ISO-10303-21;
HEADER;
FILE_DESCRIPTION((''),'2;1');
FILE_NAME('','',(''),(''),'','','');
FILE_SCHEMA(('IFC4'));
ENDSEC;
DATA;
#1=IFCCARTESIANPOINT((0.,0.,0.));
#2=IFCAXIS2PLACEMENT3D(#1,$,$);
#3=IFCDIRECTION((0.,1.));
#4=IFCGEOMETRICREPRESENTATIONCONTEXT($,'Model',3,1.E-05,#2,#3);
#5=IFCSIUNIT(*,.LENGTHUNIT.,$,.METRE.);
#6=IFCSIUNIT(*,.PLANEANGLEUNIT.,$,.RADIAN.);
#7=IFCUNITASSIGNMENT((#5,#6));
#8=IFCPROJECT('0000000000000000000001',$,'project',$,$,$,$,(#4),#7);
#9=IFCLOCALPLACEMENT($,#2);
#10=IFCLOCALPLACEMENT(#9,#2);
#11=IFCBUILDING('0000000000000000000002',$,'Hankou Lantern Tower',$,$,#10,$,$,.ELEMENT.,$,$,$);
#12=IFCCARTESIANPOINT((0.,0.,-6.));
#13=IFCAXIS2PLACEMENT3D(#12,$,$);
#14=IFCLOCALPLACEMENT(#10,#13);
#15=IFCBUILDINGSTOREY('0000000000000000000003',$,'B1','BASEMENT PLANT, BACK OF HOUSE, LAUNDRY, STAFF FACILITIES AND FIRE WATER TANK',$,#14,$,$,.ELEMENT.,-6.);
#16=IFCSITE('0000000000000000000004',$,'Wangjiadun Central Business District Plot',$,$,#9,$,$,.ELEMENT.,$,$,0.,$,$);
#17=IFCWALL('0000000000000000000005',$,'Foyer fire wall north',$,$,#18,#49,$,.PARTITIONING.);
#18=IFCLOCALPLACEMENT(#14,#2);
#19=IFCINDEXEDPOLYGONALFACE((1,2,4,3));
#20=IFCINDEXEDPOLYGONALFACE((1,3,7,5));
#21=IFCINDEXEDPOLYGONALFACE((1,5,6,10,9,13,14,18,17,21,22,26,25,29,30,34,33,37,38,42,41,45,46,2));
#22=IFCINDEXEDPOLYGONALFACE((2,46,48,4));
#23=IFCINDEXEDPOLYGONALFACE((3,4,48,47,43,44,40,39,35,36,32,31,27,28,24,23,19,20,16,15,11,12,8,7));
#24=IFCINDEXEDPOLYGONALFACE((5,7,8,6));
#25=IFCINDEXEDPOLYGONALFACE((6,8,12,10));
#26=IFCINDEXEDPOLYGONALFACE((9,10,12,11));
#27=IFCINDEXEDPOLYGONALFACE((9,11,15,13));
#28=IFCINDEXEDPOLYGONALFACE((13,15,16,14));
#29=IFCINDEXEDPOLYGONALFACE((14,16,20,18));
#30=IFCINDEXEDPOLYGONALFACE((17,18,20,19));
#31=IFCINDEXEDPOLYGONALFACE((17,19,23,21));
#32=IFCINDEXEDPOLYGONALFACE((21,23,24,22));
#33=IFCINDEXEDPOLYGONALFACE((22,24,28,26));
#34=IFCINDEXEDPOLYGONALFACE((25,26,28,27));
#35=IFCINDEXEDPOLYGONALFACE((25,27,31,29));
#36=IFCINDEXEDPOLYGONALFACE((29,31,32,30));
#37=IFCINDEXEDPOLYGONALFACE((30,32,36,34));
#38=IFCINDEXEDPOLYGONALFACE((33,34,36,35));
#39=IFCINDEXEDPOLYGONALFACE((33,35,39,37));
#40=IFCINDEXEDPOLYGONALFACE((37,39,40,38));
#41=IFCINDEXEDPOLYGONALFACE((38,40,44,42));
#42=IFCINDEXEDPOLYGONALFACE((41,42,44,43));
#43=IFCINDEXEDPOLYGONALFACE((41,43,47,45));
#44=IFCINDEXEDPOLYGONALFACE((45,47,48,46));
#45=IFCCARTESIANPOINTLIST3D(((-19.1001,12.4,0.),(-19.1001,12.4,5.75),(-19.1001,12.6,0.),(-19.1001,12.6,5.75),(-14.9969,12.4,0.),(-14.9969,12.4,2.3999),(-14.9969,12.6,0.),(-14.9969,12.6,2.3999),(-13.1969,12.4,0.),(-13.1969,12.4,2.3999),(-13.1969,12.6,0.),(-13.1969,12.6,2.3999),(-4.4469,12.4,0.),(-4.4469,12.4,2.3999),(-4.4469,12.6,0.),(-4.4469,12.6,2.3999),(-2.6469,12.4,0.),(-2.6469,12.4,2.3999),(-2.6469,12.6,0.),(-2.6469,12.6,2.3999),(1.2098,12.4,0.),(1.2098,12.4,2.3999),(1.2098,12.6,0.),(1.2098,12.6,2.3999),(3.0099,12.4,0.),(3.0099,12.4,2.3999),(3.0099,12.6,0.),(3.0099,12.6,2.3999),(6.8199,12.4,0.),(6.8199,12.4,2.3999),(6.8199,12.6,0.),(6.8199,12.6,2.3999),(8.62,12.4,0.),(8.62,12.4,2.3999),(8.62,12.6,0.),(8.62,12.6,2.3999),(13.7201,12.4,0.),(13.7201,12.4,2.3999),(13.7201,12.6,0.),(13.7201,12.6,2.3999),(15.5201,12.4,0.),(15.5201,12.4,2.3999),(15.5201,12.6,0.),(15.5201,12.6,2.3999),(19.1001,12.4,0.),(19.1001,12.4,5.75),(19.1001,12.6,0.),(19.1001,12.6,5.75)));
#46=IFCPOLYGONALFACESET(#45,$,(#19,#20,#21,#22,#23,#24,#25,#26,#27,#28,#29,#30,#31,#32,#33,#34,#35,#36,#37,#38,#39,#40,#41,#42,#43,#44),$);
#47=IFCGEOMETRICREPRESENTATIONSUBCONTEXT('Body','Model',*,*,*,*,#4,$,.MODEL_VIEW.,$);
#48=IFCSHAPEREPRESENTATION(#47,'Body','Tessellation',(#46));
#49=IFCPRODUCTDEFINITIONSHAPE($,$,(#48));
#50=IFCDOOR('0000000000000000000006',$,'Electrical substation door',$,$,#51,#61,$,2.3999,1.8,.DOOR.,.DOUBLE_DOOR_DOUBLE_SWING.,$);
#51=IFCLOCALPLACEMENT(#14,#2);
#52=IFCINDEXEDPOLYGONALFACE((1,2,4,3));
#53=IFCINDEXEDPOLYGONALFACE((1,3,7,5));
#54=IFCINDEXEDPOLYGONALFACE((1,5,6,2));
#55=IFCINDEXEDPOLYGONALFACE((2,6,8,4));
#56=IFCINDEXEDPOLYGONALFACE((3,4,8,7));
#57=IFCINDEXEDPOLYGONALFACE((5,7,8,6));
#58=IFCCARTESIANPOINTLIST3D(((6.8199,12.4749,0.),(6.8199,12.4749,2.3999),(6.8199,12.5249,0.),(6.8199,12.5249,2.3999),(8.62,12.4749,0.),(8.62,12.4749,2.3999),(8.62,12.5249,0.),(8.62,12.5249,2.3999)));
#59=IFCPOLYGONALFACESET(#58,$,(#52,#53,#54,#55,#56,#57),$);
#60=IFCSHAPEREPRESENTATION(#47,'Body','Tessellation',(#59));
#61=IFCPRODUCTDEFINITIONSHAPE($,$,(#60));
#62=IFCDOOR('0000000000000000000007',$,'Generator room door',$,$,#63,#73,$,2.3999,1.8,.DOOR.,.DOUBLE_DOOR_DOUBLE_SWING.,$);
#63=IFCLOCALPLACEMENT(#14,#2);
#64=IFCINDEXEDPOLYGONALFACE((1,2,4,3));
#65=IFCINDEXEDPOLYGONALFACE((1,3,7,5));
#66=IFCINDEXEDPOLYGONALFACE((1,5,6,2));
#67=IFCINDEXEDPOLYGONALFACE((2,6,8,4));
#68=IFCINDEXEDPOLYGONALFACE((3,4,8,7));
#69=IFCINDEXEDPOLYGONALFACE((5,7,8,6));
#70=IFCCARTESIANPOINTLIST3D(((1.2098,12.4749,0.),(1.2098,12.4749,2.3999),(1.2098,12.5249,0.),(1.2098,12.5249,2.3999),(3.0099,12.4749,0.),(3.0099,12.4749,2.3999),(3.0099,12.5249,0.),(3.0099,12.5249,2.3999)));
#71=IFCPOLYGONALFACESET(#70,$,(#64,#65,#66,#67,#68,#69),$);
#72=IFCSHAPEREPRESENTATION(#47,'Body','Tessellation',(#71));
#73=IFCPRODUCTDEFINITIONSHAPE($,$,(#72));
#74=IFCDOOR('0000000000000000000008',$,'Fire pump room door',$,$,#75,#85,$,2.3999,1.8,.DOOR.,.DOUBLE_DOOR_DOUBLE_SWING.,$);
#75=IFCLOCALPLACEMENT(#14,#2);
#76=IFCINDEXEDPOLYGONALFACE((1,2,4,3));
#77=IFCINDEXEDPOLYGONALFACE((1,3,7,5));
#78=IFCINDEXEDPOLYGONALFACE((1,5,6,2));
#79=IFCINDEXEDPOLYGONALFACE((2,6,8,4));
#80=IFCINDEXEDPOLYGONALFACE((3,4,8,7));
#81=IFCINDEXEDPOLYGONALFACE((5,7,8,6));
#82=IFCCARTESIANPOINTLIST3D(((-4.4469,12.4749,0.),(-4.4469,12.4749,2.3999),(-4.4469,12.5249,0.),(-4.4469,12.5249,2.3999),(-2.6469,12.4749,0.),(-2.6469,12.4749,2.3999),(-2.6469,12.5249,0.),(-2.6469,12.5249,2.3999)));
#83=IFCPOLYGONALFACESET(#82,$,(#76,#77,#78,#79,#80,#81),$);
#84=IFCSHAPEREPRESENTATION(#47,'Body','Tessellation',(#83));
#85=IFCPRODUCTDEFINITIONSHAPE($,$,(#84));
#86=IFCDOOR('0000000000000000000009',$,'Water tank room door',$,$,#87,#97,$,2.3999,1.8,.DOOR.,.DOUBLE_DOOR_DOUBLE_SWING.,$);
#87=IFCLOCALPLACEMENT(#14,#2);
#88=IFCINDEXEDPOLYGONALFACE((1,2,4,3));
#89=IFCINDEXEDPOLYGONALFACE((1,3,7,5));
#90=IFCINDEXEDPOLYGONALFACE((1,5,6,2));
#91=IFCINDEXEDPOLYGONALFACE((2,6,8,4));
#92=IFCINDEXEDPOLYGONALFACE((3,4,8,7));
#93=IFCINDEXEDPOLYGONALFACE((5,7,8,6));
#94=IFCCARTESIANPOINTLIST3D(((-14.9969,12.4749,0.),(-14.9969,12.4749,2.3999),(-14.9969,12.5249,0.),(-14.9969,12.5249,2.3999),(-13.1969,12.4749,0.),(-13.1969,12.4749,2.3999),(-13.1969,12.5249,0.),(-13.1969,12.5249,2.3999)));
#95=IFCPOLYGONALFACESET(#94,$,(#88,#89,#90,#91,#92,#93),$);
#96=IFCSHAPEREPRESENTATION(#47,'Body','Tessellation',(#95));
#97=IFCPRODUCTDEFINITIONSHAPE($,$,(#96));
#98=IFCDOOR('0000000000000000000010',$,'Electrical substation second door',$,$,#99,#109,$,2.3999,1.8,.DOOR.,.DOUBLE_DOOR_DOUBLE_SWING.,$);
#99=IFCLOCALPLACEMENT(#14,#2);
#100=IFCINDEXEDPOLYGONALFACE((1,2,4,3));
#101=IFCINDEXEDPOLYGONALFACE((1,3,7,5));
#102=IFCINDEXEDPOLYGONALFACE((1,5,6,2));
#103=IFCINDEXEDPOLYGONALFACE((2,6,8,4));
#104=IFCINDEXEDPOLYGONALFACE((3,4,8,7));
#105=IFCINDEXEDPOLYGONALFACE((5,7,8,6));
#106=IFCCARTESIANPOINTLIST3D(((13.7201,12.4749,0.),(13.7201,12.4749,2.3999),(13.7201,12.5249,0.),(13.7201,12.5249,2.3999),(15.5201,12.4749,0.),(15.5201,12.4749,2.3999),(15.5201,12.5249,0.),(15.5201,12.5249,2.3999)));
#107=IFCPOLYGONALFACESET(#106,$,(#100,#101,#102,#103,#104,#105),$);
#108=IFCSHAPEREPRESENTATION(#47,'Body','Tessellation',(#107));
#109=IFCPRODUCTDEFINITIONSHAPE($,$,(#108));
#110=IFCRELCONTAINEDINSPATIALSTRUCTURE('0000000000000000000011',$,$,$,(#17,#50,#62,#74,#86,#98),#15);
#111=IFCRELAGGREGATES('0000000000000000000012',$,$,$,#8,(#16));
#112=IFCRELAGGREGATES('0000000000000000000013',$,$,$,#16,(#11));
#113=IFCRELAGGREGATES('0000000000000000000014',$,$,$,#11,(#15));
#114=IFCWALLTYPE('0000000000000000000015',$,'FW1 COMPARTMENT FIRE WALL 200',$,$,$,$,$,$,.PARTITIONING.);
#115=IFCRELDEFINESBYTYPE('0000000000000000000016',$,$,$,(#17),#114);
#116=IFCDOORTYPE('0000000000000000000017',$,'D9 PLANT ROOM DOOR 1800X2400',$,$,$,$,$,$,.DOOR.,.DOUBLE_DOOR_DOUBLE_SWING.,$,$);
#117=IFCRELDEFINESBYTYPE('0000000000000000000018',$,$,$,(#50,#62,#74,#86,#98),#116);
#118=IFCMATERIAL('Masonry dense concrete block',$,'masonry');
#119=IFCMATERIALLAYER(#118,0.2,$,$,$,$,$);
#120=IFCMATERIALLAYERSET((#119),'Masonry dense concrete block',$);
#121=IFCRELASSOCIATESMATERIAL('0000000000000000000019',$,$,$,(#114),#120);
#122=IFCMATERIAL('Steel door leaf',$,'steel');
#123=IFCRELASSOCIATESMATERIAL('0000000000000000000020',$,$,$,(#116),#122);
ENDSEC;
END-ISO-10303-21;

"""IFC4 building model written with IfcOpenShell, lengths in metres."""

from ifc_helpers import new_model, si_unit, direction, frame, frame_2d, origin, place, context, subcontext, project, spatial, rectangle, extrude, material, layer, layer_set, type_object, element, fill, save


model = new_model("IFC4")

# Units and contexts
model_context = context("Model", 3, precision=1e-05, world=origin(), true_north=direction((0.0, 1.0)))
body_context = subcontext(model_context, "Body", "Model", "MODEL_VIEW")
ifc_project = project(units=[si_unit("LENGTHUNIT", "METRE"), si_unit("PLANEANGLEUNIT", "RADIAN")], contexts=[model_context])

# Site, building, storey
site_placement = place(None, origin())
site = spatial("IfcSite", under=ifc_project, at=site_placement, Name="Wangjiadun Central Business District Plot", CompositionType="ELEMENT", RefElevation=0.0)
building_placement = place(site_placement, origin())
building = spatial("IfcBuilding", under=site, at=building_placement, Name="Hankou Lantern Tower", CompositionType="ELEMENT")
storey_placement = place(building_placement, frame((0.0, 0.0, -6.0)))
storey = spatial("IfcBuildingStorey", under=building, at=storey_placement, Name="B1", Description="BASEMENT PLANT, BACK OF HOUSE, LAUNDRY, STAFF FACILITIES AND FIRE WATER TANK", CompositionType="ELEMENT", Elevation=-6.0)

# Wall, openings, doors
ifc_material_1 = material(Name="Masonry dense concrete block", Category="masonry")
ifc_layer_1 = layer(ifc_material_1, 0.2)
ifc_layer_set_1 = layer_set([ifc_layer_1], Name="Masonry dense concrete block")
wall_type_1 = type_object("IfcWallType", Name="FW1 COMPARTMENT FIRE WALL 200", PredefinedType="PARTITIONING", material=ifc_layer_set_1)
wall_1_placement = place(storey_placement, frame((-19.1001, 12.5, 0.0), z_axis=(0.0, 0.0, 1.0), x_axis=(1.0, 0.0, 0.0)))
wall_1 = element("IfcWall", 1, at=wall_1_placement, inside=storey, type_object=wall_type_1, Name="Foyer fire wall north", PredefinedType="PARTITIONING", context=body_context, shape_type="SweptSolid", body=[
    extrude(rectangle(XDim=38.2002, YDim=0.2, at=frame_2d((19.1001, 0.0))), origin(), (0.0, 0.0, 1.0), 5.75),
])
opening_1_placement = place(wall_1_placement, frame((25.9202, 0.0, 0.0)))
opening_1 = element("IfcOpeningElement", 2, at=opening_1_placement, cuts=wall_1, PredefinedType="OPENING", context=body_context, shape_type="SweptSolid", body=[
    extrude(rectangle(XDim=1.8, YDim=2.3999, at=frame_2d((0.8999, 1.2))), frame((0.0, 0.1099, 0.0), z_axis=(0.0, -1.0, 0.0), x_axis=(1.0, 0.0, 0.0)), (0.0, 0.0, 1.0), 0.22),
])
opening_2_placement = place(wall_1_placement, frame((20.3101, 0.0, 0.0)))
opening_2 = element("IfcOpeningElement", 3, at=opening_2_placement, cuts=wall_1, PredefinedType="OPENING", context=body_context, shape_type="SweptSolid", body=[
    extrude(rectangle(XDim=1.8, YDim=2.3999, at=frame_2d((0.8999, 1.2))), frame((0.0, 0.1099, 0.0), z_axis=(0.0, -1.0, 0.0), x_axis=(1.0, 0.0, 0.0)), (0.0, 0.0, 1.0), 0.22),
])
opening_3_placement = place(wall_1_placement, frame((14.6533, 0.0, 0.0)))
opening_3 = element("IfcOpeningElement", 4, at=opening_3_placement, cuts=wall_1, PredefinedType="OPENING", context=body_context, shape_type="SweptSolid", body=[
    extrude(rectangle(XDim=1.8, YDim=2.3999, at=frame_2d((0.8999, 1.2))), frame((0.0, 0.1099, 0.0), z_axis=(0.0, -1.0, 0.0), x_axis=(1.0, 0.0, 0.0)), (0.0, 0.0, 1.0), 0.22),
])
opening_4_placement = place(wall_1_placement, frame((4.1033, 0.0, 0.0)))
opening_4 = element("IfcOpeningElement", 5, at=opening_4_placement, cuts=wall_1, PredefinedType="OPENING", context=body_context, shape_type="SweptSolid", body=[
    extrude(rectangle(XDim=1.8, YDim=2.3999, at=frame_2d((0.8999, 1.2))), frame((0.0, 0.1099, 0.0), z_axis=(0.0, -1.0, 0.0), x_axis=(1.0, 0.0, 0.0)), (0.0, 0.0, 1.0), 0.22),
])
opening_5_placement = place(wall_1_placement, frame((32.8203, 0.0, 0.0)))
opening_5 = element("IfcOpeningElement", 6, at=opening_5_placement, cuts=wall_1, PredefinedType="OPENING", context=body_context, shape_type="SweptSolid", body=[
    extrude(rectangle(XDim=1.8, YDim=2.3999, at=frame_2d((0.8999, 1.2))), frame((0.0, 0.1099, 0.0), z_axis=(0.0, -1.0, 0.0), x_axis=(1.0, 0.0, 0.0)), (0.0, 0.0, 1.0), 0.22),
])
ifc_material_2 = material(Name="Steel door leaf", Category="steel")
door_type_1 = type_object("IfcDoorType", Name="D9 PLANT ROOM DOOR 1800X2400", OperationType="DOUBLE_DOOR_DOUBLE_SWING", PredefinedType="DOOR", material=ifc_material_2)
door_1_placement = place(opening_1_placement, origin())
door_1 = element("IfcDoor", 7, at=door_1_placement, inside=storey, type_object=door_type_1, Name="Electrical substation door", OperationType="DOUBLE_DOOR_DOUBLE_SWING", OverallHeight=2.3999, OverallWidth=1.8, PredefinedType="DOOR", context=body_context, shape_type="SweptSolid", body=[
    extrude(rectangle(XDim=1.8, YDim=2.3999, at=frame_2d((0.8999, 1.2))), frame((0.0, 0.0249, 0.0), z_axis=(0.0, -1.0, 0.0), x_axis=(1.0, 0.0, 0.0)), (0.0, 0.0, 1.0), 0.05),
])
fill(opening_1, door_1)
door_2_placement = place(opening_2_placement, origin())
door_2 = element("IfcDoor", 8, at=door_2_placement, inside=storey, type_object=door_type_1, Name="Generator room door", OperationType="DOUBLE_DOOR_DOUBLE_SWING", OverallHeight=2.3999, OverallWidth=1.8, PredefinedType="DOOR", context=body_context, shape_type="SweptSolid", body=[
    extrude(rectangle(XDim=1.8, YDim=2.3999, at=frame_2d((0.8999, 1.2))), frame((0.0, 0.0249, 0.0), z_axis=(0.0, -1.0, 0.0), x_axis=(1.0, 0.0, 0.0)), (0.0, 0.0, 1.0), 0.05),
])
fill(opening_2, door_2)
door_3_placement = place(opening_3_placement, origin())
door_3 = element("IfcDoor", 9, at=door_3_placement, inside=storey, type_object=door_type_1, Name="Fire pump room door", OperationType="DOUBLE_DOOR_DOUBLE_SWING", OverallHeight=2.3999, OverallWidth=1.8, PredefinedType="DOOR", context=body_context, shape_type="SweptSolid", body=[
    extrude(rectangle(XDim=1.8, YDim=2.3999, at=frame_2d((0.8999, 1.2))), frame((0.0, 0.0249, 0.0), z_axis=(0.0, -1.0, 0.0), x_axis=(1.0, 0.0, 0.0)), (0.0, 0.0, 1.0), 0.05),
])
fill(opening_3, door_3)
door_4_placement = place(opening_4_placement, origin())
door_4 = element("IfcDoor", 10, at=door_4_placement, inside=storey, type_object=door_type_1, Name="Water tank room door", OperationType="DOUBLE_DOOR_DOUBLE_SWING", OverallHeight=2.3999, OverallWidth=1.8, PredefinedType="DOOR", context=body_context, shape_type="SweptSolid", body=[
    extrude(rectangle(XDim=1.8, YDim=2.3999, at=frame_2d((0.8999, 1.2))), frame((0.0, 0.0249, 0.0), z_axis=(0.0, -1.0, 0.0), x_axis=(1.0, 0.0, 0.0)), (0.0, 0.0, 1.0), 0.05),
])
fill(opening_4, door_4)
door_5_placement = place(opening_5_placement, origin())
door_5 = element("IfcDoor", 11, at=door_5_placement, inside=storey, type_object=door_type_1, Name="Electrical substation second door", OperationType="DOUBLE_DOOR_DOUBLE_SWING", OverallHeight=2.3999, OverallWidth=1.8, PredefinedType="DOOR", context=body_context, shape_type="SweptSolid", body=[
    extrude(rectangle(XDim=1.8, YDim=2.3999, at=frame_2d((0.8999, 1.2))), frame((0.0, 0.0249, 0.0), z_axis=(0.0, -1.0, 0.0), x_axis=(1.0, 0.0, 0.0)), (0.0, 0.0, 1.0), 0.05),
])
fill(opening_5, door_5)

save(model, "model.ifc")
